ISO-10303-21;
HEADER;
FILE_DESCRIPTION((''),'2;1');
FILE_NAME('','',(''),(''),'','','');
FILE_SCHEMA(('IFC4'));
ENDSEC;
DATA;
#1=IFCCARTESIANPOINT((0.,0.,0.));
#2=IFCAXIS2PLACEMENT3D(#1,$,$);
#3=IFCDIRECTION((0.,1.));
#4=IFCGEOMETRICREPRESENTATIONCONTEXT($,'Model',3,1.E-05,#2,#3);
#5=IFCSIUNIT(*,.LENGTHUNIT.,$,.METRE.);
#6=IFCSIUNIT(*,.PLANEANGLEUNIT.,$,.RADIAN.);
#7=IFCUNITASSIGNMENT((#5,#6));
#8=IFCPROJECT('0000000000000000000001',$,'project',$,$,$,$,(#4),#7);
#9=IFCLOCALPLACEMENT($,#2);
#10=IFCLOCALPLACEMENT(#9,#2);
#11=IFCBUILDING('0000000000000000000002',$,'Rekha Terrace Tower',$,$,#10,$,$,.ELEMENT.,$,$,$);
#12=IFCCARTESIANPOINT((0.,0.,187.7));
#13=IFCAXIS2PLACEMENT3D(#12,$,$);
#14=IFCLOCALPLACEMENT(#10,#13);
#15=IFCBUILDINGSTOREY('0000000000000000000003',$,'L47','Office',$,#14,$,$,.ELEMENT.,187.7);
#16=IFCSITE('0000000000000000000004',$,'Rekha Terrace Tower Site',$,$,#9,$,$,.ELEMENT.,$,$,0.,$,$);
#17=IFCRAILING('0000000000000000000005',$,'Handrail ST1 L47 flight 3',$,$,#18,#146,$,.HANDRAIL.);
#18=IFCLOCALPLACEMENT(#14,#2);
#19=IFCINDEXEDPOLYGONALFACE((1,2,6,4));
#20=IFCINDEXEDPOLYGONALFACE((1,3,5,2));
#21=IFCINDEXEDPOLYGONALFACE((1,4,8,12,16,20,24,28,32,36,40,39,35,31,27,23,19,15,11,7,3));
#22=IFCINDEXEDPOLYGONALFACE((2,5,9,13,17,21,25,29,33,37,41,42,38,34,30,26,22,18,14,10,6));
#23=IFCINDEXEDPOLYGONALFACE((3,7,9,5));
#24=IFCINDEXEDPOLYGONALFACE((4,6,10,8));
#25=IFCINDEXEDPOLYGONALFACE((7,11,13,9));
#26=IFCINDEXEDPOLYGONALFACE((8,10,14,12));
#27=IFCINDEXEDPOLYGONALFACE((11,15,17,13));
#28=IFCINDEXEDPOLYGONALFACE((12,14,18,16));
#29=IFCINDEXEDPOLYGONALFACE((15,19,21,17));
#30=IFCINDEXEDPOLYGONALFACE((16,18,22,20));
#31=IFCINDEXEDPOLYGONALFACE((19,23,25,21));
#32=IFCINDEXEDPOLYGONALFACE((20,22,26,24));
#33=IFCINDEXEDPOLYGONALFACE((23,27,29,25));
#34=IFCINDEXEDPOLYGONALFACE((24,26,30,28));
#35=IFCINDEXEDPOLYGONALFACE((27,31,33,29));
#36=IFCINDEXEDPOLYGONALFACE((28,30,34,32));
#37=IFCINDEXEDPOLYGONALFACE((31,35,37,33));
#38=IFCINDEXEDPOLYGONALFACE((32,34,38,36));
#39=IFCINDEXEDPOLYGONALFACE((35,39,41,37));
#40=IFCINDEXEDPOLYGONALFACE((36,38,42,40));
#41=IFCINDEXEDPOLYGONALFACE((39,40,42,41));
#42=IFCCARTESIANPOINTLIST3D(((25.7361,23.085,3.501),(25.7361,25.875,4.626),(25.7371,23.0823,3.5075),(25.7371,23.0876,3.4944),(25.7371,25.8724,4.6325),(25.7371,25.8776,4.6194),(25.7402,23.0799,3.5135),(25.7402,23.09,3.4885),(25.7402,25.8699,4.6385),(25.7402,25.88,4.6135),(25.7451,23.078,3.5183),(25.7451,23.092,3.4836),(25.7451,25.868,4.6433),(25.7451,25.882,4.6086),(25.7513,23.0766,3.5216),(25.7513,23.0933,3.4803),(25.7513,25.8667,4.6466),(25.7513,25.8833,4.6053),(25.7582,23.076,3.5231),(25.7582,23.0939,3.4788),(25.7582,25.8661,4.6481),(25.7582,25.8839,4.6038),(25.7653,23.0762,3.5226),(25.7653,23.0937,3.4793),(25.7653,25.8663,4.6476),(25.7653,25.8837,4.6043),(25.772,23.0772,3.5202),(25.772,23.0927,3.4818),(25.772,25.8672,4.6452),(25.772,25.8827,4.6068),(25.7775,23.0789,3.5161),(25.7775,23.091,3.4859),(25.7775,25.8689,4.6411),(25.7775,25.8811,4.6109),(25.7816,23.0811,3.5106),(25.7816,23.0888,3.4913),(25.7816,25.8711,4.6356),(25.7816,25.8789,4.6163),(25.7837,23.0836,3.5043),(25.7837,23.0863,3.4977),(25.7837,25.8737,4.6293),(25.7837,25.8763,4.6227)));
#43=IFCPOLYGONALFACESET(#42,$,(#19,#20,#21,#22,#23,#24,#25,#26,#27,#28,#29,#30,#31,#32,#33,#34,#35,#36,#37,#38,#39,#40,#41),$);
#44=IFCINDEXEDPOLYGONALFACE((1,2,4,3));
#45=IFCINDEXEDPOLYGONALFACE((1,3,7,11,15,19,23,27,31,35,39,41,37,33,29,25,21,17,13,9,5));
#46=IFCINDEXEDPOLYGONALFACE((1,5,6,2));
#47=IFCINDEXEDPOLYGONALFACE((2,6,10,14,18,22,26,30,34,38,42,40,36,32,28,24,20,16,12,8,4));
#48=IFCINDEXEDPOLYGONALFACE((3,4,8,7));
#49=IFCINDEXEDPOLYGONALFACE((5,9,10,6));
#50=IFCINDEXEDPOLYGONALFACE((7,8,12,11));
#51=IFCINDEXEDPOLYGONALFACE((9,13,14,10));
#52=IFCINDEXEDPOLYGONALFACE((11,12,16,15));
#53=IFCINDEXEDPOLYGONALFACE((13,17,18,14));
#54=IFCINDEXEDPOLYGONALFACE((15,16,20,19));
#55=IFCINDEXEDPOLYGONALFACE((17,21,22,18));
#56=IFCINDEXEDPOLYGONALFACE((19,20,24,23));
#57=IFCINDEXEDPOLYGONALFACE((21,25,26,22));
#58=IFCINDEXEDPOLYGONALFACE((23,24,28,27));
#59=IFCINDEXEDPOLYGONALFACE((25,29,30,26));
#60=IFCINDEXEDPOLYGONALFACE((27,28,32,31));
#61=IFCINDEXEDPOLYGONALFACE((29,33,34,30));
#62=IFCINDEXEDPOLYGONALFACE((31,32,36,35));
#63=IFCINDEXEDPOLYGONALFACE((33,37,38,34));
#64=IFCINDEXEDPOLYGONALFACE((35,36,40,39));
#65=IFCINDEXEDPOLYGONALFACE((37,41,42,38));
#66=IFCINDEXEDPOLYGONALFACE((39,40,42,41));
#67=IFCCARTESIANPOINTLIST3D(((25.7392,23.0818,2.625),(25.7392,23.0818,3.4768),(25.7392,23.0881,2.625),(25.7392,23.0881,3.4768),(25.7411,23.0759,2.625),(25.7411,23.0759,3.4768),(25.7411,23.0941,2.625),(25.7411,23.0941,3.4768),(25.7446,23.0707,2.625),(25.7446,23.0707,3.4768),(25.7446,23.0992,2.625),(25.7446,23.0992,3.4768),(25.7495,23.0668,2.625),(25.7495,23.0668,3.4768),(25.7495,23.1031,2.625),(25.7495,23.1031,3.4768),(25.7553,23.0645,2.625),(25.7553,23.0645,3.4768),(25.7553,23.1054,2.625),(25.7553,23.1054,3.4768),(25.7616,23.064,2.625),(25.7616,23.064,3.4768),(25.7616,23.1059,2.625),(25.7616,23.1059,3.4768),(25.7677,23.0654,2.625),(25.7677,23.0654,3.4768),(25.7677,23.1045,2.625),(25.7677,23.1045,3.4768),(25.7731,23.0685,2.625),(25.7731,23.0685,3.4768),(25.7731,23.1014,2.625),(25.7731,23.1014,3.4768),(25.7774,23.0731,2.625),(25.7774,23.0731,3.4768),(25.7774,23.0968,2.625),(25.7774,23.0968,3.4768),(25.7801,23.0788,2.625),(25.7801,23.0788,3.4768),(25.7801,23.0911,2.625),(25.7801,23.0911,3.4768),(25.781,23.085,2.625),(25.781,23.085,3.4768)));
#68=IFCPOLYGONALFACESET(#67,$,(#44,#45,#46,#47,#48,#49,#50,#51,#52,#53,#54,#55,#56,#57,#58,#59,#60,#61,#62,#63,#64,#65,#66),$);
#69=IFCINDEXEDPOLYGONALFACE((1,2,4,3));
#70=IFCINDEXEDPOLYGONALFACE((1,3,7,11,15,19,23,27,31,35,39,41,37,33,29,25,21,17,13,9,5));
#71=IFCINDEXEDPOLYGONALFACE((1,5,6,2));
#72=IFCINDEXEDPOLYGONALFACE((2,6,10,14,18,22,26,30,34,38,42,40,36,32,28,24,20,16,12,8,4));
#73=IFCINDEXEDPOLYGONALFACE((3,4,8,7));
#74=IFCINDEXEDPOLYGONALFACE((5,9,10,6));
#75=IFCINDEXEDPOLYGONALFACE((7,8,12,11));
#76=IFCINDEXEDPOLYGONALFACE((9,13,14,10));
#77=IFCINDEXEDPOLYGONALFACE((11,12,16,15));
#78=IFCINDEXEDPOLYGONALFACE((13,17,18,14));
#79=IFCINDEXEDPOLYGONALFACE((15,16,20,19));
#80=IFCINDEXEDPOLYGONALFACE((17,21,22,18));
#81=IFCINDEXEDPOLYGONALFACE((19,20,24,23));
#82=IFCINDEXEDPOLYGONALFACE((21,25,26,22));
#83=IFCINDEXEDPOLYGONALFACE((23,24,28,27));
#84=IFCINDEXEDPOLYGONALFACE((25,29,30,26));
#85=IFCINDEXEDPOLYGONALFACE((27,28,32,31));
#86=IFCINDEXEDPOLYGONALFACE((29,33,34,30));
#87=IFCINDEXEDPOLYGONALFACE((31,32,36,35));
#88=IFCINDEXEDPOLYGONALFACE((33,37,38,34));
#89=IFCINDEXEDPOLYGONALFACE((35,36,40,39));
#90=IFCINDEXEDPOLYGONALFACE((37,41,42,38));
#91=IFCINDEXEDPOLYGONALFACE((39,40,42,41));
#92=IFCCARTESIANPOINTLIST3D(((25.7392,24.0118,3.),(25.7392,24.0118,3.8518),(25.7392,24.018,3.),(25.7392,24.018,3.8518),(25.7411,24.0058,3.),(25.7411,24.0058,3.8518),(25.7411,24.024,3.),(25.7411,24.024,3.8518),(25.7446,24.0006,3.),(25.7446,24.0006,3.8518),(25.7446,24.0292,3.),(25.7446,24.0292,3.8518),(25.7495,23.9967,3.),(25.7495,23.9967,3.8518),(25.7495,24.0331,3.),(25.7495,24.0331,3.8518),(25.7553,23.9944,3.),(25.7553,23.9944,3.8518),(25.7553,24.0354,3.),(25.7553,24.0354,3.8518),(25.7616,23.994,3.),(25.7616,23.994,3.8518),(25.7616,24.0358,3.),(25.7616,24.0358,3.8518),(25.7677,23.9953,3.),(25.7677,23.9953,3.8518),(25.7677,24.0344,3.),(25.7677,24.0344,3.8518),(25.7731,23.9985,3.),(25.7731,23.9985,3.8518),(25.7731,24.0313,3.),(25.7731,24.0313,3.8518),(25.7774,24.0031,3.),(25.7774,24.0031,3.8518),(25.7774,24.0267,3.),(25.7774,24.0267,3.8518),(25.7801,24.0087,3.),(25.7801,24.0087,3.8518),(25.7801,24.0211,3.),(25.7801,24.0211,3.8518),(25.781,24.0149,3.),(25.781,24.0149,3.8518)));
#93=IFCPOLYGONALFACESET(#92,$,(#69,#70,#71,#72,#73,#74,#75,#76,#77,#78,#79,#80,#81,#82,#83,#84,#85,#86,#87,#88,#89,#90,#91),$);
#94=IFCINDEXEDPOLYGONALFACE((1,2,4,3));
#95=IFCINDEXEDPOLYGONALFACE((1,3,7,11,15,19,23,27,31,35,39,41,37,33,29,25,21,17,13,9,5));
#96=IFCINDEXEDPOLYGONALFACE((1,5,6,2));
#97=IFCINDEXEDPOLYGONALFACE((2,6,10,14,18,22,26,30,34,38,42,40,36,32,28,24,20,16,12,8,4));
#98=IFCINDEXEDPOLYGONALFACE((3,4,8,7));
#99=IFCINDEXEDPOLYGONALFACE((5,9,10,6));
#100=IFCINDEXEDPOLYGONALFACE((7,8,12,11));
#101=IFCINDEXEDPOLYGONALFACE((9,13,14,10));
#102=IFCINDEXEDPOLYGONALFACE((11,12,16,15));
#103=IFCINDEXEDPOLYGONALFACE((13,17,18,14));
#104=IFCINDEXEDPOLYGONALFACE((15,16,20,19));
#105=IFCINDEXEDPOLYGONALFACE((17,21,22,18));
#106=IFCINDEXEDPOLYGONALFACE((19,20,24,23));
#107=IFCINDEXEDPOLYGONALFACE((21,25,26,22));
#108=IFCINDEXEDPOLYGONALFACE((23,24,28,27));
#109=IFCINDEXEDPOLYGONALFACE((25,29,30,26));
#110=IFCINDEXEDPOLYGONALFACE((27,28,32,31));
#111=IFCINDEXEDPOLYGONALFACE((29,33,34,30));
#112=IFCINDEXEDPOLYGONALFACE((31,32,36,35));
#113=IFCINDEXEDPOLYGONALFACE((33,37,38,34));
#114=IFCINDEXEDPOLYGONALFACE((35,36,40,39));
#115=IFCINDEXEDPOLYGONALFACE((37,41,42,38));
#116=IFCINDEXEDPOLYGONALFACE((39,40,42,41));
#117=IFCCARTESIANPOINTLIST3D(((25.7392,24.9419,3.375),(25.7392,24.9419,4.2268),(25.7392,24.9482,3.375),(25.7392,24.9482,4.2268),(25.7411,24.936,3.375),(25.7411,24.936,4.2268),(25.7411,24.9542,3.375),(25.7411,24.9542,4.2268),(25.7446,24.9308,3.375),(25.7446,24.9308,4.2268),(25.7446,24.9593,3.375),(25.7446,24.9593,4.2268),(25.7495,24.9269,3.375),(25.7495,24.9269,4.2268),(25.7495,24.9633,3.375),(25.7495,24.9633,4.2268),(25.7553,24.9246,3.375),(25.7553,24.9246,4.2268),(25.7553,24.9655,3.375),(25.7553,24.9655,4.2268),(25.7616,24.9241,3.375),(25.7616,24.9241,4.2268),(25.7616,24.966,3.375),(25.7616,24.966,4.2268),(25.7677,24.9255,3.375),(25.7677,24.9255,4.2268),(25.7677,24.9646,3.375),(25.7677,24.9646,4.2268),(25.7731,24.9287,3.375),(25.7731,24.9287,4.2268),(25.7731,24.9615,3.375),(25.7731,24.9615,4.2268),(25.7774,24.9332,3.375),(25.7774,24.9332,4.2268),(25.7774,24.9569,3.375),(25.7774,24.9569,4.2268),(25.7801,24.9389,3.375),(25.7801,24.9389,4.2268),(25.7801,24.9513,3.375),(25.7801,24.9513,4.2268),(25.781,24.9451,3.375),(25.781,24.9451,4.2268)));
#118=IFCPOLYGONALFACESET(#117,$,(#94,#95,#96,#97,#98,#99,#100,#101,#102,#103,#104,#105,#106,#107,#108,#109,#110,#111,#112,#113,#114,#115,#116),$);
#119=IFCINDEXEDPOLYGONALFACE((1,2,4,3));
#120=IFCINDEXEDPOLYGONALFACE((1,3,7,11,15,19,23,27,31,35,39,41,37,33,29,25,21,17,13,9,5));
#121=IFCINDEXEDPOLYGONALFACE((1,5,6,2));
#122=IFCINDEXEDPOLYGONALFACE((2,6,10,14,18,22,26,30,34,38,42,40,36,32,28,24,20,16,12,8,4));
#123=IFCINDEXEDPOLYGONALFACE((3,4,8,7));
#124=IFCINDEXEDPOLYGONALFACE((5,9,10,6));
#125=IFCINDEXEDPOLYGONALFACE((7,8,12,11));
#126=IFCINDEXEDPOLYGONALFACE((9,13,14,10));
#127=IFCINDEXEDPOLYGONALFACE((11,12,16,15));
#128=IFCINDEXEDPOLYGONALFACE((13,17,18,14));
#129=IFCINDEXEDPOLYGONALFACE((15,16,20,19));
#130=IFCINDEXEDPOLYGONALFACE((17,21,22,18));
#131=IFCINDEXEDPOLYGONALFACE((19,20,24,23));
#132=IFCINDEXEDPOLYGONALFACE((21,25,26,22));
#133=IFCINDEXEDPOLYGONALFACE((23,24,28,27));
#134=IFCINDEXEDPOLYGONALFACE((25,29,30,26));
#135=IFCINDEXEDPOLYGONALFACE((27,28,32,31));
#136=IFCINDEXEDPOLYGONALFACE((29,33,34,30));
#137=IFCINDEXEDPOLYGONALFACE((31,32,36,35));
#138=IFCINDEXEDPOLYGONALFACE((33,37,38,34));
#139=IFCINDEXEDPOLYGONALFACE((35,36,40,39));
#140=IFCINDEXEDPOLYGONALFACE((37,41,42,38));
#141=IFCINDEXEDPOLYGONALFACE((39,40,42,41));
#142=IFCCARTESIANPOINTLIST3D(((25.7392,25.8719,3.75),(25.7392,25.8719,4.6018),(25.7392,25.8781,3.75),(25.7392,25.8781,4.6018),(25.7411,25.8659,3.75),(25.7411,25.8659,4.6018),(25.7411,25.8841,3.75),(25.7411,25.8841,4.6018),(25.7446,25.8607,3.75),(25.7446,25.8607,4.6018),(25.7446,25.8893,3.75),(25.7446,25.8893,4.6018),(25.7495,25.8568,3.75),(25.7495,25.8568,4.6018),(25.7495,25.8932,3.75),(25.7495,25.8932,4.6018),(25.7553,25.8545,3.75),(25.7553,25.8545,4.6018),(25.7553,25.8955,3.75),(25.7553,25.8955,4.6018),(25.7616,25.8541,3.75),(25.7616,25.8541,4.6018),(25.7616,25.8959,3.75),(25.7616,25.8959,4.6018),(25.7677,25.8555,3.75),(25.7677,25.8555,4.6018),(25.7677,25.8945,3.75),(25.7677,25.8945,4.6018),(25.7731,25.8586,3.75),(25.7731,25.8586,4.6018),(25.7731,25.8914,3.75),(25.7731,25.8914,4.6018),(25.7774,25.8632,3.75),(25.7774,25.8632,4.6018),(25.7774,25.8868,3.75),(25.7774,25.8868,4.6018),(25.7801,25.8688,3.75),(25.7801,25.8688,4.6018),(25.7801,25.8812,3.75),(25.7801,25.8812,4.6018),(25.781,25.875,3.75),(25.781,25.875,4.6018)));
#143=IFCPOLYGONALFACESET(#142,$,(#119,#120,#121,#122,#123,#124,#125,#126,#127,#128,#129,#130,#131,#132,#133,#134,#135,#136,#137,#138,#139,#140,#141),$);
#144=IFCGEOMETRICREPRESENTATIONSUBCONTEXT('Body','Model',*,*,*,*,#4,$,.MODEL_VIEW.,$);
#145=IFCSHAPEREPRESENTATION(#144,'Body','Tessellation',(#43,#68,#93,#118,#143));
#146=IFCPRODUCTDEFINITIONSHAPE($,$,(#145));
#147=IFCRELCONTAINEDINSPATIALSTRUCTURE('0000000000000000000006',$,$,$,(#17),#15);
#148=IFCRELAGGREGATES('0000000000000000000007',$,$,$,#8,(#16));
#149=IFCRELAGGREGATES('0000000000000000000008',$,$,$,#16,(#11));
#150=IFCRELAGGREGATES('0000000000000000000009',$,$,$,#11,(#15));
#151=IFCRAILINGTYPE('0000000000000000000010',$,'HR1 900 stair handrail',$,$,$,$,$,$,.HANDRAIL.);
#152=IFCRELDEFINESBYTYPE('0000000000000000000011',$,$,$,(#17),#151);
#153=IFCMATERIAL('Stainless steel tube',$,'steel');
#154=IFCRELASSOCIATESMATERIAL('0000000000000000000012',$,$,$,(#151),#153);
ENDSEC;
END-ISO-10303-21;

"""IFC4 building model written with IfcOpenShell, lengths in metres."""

from ifc_helpers import new_model, si_unit, direction, frame, origin, origin_2d, place, context, subcontext, project, spatial, circle, extrude, material, type_object, element, save


model = new_model("IFC4")

# Units and contexts
model_context = context("Model", 3, precision=1e-05, world=origin(), true_north=direction((0.0, 1.0)))
body_context = subcontext(model_context, "Body", "Model", "MODEL_VIEW")
ifc_project = project(units=[si_unit("LENGTHUNIT", "METRE"), si_unit("PLANEANGLEUNIT", "RADIAN")], contexts=[model_context])

# Site, building, storey
site_placement = place(None, origin())
site = spatial("IfcSite", under=ifc_project, at=site_placement, Name="Rekha Terrace Tower Site", CompositionType="ELEMENT", RefElevation=0.0)
building_placement = place(site_placement, origin())
building = spatial("IfcBuilding", under=site, at=building_placement, Name="Rekha Terrace Tower", CompositionType="ELEMENT")
storey_placement = place(building_placement, frame((0.0, 0.0, 187.7)))
storey = spatial("IfcBuildingStorey", under=building, at=storey_placement, Name="L47", Description="Office", CompositionType="ELEMENT", Elevation=187.7)

# Railing
ifc_material_1 = material(Name="Stainless steel tube", Category="steel")
railing_type_1 = type_object("IfcRailingType", Name="HR1 900 stair handrail", PredefinedType="HANDRAIL", material=ifc_material_1)
railing_1_placement = place(storey_placement, frame((25.76, 23.085, 2.625)))
element("IfcRailing", 1, at=railing_1_placement, inside=storey, type_object=railing_type_1, Name="Handrail ST1 L47 flight 3", PredefinedType="HANDRAIL", context=body_context, shape_type="SweptSolid", body=[
    extrude(circle(Radius=0.0239, at=origin_2d()), frame((0.0, 0.0, 0.876), z_axis=(0.0, 0.927443, 0.373964), x_axis=(-1.0, 0.0, 0.0)), (0.0, 0.0, 1.0), 3.0083),
    extrude(circle(Radius=0.021, at=origin_2d()), origin(), (0.0, 0.0, 1.0), 0.8518),
    extrude(circle(Radius=0.021, at=origin_2d()), frame((0.0, 0.9299, 0.375)), (0.0, 0.0, 1.0), 0.8518),
    extrude(circle(Radius=0.021, at=origin_2d()), frame((0.0, 1.8601, 0.75)), (0.0, 0.0, 1.0), 0.8518),
    extrude(circle(Radius=0.021, at=origin_2d()), frame((0.0, 2.79, 1.125)), (0.0, 0.0, 1.0), 0.8518),
])

save(model, "model.ifc")
